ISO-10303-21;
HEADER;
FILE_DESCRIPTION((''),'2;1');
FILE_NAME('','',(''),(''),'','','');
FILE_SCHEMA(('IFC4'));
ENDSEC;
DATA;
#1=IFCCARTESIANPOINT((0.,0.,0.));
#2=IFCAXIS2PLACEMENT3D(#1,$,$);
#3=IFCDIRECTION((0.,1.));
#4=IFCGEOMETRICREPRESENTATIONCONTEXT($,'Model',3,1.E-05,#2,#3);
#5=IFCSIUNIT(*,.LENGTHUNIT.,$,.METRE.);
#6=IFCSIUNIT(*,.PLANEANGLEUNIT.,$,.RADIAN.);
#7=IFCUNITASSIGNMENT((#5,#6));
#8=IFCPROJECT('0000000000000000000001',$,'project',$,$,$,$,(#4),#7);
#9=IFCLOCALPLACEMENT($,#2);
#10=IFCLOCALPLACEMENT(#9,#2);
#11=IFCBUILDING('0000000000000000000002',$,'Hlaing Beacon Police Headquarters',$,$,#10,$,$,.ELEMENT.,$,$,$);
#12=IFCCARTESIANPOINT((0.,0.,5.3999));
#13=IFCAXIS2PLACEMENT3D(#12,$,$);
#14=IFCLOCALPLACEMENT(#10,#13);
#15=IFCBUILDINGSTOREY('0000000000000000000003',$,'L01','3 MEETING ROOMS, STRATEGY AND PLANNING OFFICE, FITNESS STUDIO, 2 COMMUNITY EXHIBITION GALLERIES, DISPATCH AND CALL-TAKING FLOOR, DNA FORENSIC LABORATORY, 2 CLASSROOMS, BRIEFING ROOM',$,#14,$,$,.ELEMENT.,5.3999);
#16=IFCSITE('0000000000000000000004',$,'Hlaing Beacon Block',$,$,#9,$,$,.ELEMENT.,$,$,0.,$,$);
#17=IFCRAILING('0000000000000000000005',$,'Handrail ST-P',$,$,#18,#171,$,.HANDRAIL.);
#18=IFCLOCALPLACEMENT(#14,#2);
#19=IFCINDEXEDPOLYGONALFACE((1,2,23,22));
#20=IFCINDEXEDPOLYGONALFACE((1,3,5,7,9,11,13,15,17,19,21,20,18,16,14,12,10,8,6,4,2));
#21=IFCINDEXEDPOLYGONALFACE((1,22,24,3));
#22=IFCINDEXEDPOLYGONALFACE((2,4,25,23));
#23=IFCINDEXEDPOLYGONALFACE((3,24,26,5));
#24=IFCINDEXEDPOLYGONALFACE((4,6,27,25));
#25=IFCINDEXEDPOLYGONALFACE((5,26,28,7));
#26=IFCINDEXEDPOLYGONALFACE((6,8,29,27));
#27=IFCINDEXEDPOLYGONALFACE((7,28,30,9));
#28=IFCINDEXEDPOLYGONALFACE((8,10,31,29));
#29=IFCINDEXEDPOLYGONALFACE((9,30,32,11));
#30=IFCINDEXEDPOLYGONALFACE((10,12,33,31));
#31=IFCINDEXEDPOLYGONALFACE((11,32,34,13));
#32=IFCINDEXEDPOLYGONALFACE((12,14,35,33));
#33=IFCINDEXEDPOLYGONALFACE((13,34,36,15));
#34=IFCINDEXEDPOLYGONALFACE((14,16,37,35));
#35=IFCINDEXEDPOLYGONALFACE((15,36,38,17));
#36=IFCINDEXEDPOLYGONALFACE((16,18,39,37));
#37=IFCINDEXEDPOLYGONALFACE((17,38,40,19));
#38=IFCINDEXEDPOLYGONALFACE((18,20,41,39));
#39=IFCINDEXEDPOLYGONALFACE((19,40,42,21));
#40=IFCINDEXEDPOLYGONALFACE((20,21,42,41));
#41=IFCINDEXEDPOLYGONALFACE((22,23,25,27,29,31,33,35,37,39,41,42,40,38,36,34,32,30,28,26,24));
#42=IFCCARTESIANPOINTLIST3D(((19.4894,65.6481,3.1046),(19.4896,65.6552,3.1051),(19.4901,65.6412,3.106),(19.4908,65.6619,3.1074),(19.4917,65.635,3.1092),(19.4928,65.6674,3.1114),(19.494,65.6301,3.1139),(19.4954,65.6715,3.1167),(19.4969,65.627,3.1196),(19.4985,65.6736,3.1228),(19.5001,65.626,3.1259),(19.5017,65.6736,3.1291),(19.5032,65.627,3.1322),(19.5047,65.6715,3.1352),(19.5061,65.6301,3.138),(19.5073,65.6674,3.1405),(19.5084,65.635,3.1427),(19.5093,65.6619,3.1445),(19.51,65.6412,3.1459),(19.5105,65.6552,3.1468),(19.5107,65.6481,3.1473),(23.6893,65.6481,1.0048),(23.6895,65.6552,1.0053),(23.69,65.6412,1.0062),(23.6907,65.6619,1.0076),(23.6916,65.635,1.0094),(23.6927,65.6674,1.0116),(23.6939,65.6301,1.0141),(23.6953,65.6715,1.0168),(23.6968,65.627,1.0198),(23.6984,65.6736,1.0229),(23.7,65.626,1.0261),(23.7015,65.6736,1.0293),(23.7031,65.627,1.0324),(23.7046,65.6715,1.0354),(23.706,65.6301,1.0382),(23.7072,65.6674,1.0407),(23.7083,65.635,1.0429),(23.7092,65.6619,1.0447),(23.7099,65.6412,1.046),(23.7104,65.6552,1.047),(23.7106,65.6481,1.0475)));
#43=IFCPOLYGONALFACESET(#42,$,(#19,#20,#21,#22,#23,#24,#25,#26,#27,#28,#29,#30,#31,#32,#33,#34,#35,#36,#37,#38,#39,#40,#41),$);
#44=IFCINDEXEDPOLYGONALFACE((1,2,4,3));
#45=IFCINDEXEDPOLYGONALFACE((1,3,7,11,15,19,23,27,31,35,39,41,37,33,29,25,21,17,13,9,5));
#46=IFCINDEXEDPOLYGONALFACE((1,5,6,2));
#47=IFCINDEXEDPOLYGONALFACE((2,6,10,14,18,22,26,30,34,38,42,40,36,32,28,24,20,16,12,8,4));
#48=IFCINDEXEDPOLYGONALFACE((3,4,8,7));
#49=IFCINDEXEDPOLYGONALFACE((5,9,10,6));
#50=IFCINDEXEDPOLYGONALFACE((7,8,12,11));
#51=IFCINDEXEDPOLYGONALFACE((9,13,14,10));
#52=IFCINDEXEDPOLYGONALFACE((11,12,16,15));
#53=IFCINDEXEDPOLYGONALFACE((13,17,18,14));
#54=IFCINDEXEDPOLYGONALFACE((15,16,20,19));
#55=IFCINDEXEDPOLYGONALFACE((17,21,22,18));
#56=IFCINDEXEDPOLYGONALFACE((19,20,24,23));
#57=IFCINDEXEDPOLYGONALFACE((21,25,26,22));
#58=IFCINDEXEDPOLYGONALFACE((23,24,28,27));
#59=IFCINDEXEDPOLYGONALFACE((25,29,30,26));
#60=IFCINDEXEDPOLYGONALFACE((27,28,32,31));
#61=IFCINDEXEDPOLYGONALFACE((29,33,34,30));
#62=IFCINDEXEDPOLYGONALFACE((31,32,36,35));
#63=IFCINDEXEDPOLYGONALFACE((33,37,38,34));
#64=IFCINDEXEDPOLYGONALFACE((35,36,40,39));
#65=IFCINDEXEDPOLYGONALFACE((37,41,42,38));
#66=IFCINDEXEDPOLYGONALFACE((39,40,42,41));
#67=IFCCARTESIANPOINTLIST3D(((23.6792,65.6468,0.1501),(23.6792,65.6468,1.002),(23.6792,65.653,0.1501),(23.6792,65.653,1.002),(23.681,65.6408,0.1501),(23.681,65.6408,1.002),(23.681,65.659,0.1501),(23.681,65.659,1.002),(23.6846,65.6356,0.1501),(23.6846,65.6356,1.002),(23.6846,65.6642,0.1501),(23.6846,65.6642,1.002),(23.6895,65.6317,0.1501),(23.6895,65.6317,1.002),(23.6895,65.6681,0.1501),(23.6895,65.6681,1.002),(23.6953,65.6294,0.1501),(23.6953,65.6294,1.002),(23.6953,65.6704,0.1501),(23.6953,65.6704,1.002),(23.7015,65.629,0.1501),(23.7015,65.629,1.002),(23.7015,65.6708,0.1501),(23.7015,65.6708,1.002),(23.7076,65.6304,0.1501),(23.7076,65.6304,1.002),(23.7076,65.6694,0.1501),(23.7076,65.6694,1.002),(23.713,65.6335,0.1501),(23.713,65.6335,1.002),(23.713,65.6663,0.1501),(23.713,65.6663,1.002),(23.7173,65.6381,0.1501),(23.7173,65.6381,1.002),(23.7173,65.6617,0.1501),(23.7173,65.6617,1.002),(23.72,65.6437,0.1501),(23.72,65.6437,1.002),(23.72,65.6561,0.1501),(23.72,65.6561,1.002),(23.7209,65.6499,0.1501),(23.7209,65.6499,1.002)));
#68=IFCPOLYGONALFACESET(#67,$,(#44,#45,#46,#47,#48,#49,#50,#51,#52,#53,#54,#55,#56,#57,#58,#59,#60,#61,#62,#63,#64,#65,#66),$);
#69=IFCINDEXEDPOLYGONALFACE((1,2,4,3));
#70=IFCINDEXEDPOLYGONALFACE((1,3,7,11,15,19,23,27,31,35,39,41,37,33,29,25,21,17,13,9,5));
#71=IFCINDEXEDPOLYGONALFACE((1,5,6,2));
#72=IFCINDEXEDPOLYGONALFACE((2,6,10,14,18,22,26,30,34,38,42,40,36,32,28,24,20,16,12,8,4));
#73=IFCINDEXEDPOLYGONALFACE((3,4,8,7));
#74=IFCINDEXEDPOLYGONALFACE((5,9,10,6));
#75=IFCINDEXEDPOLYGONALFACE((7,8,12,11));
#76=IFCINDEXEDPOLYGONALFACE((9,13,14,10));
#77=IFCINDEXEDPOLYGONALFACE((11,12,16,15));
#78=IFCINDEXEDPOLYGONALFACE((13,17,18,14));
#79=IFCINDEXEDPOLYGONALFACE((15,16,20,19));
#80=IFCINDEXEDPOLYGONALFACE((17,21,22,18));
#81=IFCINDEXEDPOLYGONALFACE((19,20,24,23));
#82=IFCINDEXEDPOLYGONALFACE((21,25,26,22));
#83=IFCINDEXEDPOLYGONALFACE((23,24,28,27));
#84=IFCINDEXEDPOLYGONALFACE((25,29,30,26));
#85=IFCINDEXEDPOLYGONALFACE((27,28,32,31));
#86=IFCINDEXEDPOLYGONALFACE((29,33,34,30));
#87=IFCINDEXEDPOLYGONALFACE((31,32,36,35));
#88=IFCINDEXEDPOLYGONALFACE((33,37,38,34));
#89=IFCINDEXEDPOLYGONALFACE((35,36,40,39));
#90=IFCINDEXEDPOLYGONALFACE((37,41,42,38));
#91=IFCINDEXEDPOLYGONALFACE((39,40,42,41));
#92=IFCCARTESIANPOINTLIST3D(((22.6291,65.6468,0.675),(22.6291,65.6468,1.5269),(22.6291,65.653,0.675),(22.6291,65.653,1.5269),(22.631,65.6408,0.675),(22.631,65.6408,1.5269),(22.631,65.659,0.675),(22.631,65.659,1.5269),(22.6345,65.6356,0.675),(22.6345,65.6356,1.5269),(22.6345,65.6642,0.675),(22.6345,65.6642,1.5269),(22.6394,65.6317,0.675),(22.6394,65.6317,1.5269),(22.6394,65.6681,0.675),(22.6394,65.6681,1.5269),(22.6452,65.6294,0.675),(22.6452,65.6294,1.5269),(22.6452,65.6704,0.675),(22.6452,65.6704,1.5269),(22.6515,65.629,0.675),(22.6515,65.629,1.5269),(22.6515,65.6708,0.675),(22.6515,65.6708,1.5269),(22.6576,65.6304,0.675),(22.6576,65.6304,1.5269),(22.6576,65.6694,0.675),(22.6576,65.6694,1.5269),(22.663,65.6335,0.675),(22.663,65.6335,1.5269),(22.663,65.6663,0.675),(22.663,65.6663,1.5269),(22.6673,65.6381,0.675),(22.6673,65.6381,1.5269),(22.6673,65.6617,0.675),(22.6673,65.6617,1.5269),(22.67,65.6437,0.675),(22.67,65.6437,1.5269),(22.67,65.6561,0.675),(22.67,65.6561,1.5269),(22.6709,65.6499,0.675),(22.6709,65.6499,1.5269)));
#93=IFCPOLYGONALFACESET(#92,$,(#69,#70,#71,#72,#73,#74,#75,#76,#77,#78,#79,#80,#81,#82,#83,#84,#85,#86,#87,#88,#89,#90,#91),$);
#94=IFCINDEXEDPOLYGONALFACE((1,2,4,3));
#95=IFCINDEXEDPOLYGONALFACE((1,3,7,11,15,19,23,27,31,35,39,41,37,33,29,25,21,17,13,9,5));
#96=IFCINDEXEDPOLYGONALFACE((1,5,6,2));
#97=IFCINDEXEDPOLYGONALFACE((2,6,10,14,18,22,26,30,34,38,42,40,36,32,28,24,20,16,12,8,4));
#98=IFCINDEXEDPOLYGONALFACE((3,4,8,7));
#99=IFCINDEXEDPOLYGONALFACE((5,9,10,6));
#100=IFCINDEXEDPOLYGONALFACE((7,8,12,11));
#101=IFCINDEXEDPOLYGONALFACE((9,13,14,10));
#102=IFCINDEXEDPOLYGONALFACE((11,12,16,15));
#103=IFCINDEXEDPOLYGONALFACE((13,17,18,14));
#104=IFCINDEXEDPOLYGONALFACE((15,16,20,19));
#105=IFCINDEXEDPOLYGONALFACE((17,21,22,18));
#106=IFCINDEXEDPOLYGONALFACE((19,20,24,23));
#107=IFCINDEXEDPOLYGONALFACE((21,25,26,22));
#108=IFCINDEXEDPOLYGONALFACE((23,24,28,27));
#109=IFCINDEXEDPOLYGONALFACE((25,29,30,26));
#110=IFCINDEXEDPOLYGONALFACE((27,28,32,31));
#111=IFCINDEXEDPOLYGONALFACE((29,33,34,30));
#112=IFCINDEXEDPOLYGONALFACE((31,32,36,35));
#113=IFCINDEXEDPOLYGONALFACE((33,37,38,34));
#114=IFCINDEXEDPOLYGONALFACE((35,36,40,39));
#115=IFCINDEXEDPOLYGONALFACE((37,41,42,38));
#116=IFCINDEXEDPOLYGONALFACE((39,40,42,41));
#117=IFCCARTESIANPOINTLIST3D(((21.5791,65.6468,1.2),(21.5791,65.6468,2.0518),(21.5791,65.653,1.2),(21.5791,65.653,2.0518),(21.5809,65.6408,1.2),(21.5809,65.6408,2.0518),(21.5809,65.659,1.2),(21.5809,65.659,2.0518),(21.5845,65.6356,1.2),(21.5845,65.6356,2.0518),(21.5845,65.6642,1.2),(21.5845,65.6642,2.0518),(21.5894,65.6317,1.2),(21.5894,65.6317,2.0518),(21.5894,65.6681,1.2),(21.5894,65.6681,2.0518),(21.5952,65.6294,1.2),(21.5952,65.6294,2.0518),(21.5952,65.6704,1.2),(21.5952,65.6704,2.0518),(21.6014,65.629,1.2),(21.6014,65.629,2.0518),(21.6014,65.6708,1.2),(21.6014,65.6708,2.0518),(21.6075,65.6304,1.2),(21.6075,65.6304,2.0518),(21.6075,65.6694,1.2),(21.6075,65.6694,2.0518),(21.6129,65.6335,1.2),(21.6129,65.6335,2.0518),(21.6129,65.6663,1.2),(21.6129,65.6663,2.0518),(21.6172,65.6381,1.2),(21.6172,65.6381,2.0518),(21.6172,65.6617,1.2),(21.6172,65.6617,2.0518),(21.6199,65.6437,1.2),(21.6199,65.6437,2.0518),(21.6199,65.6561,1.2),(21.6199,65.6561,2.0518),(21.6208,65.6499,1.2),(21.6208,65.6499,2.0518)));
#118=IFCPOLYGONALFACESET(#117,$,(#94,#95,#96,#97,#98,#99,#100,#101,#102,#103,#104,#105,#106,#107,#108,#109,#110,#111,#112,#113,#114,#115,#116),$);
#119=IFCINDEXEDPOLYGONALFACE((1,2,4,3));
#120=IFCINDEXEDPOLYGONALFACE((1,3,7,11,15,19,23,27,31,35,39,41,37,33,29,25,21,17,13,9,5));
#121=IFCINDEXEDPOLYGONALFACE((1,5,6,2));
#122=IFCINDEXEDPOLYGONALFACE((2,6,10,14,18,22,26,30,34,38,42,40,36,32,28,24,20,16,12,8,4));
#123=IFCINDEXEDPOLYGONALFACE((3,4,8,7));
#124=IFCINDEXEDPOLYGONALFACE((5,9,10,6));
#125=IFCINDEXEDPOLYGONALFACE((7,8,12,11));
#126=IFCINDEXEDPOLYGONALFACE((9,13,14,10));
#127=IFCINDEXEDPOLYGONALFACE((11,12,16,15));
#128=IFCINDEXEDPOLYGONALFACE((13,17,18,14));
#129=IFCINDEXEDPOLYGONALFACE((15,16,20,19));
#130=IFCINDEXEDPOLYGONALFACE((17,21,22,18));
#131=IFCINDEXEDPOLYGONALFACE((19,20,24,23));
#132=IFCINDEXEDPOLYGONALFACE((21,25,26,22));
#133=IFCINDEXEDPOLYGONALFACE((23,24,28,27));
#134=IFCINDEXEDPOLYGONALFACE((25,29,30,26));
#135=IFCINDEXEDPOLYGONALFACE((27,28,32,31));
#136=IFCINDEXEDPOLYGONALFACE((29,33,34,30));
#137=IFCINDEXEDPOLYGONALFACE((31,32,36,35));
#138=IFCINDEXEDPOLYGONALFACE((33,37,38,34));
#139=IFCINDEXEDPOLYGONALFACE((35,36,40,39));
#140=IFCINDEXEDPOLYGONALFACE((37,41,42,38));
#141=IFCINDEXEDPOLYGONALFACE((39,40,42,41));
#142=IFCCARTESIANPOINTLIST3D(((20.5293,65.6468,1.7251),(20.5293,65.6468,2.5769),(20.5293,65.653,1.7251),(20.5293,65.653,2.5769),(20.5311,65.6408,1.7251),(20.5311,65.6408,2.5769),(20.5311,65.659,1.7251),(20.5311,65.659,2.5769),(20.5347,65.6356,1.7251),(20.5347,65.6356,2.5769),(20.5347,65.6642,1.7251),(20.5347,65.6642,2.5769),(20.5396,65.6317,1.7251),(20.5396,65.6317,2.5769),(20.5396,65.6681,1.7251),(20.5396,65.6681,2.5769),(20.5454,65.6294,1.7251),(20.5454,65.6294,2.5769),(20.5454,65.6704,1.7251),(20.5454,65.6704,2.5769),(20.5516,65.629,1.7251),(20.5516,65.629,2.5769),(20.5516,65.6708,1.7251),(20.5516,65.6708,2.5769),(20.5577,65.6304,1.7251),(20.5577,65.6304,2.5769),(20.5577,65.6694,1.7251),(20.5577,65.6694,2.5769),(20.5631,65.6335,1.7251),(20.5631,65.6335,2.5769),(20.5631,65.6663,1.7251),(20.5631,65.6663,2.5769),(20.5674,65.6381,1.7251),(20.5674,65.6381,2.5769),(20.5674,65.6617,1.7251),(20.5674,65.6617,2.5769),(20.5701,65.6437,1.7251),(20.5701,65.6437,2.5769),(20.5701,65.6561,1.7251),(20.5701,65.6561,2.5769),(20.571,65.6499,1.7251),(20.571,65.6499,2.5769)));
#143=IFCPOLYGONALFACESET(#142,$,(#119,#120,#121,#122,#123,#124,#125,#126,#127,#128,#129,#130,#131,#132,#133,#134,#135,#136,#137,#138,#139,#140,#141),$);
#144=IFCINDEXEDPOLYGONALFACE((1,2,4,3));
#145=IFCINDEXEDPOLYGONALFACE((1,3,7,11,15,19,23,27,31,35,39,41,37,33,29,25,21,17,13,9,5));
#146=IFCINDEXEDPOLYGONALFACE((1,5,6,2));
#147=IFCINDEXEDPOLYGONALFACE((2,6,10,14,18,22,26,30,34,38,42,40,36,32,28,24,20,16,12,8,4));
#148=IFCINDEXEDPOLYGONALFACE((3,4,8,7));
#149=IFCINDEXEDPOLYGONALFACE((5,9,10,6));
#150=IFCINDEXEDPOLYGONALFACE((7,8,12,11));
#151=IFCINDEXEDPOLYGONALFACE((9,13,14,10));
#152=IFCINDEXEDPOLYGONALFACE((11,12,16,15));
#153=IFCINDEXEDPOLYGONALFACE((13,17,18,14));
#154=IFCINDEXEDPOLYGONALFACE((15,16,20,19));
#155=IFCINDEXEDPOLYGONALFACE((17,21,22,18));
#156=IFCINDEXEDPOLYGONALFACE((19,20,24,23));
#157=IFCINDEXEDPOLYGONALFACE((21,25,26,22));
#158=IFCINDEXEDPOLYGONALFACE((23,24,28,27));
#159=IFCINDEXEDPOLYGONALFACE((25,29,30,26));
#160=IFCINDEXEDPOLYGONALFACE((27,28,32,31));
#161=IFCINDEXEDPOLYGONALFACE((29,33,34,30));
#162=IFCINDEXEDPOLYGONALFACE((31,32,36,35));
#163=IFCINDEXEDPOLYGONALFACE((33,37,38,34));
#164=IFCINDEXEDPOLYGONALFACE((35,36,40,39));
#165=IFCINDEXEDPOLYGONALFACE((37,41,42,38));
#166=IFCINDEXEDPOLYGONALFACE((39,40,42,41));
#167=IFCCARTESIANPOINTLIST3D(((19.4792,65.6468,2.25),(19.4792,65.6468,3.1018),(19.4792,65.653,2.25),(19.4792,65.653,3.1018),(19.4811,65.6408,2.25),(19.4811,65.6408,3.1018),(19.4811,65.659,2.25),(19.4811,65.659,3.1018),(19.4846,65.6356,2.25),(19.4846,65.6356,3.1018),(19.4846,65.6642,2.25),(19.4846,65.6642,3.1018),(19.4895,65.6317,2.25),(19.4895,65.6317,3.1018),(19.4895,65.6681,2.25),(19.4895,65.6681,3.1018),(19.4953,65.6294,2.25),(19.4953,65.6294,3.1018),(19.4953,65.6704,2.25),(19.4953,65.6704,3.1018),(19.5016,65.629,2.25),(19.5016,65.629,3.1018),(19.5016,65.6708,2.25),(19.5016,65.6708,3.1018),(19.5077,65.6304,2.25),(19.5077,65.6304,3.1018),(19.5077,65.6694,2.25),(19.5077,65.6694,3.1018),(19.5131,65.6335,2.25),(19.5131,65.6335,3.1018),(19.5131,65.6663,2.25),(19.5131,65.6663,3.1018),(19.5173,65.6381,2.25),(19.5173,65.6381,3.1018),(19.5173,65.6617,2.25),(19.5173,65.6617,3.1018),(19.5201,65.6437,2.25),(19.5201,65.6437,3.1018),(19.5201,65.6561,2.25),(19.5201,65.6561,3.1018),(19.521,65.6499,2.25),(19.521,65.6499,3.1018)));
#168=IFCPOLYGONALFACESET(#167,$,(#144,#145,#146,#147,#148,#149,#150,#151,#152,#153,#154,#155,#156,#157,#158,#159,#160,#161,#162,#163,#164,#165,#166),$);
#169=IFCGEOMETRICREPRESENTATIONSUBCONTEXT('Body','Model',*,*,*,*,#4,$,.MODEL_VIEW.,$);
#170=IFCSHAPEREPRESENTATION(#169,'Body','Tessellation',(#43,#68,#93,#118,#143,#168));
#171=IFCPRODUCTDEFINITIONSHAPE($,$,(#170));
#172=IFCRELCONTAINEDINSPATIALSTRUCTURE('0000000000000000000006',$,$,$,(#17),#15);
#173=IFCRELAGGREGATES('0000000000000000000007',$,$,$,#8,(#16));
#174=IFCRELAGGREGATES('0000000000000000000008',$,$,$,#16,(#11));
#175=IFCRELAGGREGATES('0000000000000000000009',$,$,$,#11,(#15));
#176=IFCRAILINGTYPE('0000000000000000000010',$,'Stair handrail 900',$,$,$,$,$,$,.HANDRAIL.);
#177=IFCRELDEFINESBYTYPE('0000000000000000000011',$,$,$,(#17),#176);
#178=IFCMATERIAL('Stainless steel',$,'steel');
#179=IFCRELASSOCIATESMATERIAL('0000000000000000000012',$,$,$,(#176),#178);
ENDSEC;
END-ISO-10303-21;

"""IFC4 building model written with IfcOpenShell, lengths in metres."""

from ifc_helpers import new_model, si_unit, direction, frame, origin, origin_2d, place, context, subcontext, project, spatial, circle, extrude, material, type_object, element, save


model = new_model("IFC4")

# Units and contexts
model_context = context("Model", 3, precision=1e-05, world=origin(), true_north=direction((0.0, 1.0)))
body_context = subcontext(model_context, "Body", "Model", "MODEL_VIEW")
ifc_project = project(units=[si_unit("LENGTHUNIT", "METRE"), si_unit("PLANEANGLEUNIT", "RADIAN")], contexts=[model_context])

# Site, building, storey
site_placement = place(None, origin())
site = spatial("IfcSite", under=ifc_project, at=site_placement, Name="Hlaing Beacon Block", CompositionType="ELEMENT", RefElevation=0.0)
building_placement = place(site_placement, origin())
building = spatial("IfcBuilding", under=site, at=building_placement, Name="Hlaing Beacon Police Headquarters", CompositionType="ELEMENT")
storey_placement = place(building_placement, frame((0.0, 0.0, 5.3999)))
storey = spatial("IfcBuildingStorey", under=building, at=storey_placement, Name="L01", Description="3 MEETING ROOMS, STRATEGY AND PLANNING OFFICE, FITNESS STUDIO, 2 COMMUNITY EXHIBITION GALLERIES, DISPATCH AND CALL-TAKING FLOOR, DNA FORENSIC LABORATORY, 2 CLASSROOMS, BRIEFING ROOM", CompositionType="ELEMENT", Elevation=5.3999)

# Railing
ifc_material_1 = material(Name="Stainless steel", Category="steel")
railing_type_1 = type_object("IfcRailingType", Name="Stair handrail 900", PredefinedType="HANDRAIL", material=ifc_material_1)
for number, where, name in (
    (1, (23.7, 65.6499, 0.1501), "Handrail ST-P"),
):
    element("IfcRailing", number, at=place(storey_placement, frame(where)), inside=storey, type_object=railing_type_1, Name=name, PredefinedType="HANDRAIL", context=body_context, shape_type="SweptSolid", body=[
        extrude(circle(Radius=0.0239, at=origin_2d()), frame((0.0, 0.0, 0.876), z_axis=(-0.894438, 0.0, 0.447193), x_axis=(0.0, -1.0, 0.0)), (0.0, 0.0, 1.0), 4.6956),
        extrude(circle(Radius=0.021, at=origin_2d()), origin(), (0.0, 0.0, 1.0), 0.8518),
        extrude(circle(Radius=0.021, at=origin_2d()), frame((-1.05, 0.0, 0.5249)), (0.0, 0.0, 1.0), 0.8518),
        extrude(circle(Radius=0.021, at=origin_2d()), frame((-2.1001, 0.0, 1.0498)), (0.0, 0.0, 1.0), 0.8518),
        extrude(circle(Radius=0.021, at=origin_2d()), frame((-3.1499, 0.0, 1.575)), (0.0, 0.0, 1.0), 0.8518),
        extrude(circle(Radius=0.021, at=origin_2d()), frame((-4.2, 0.0, 2.0999)), (0.0, 0.0, 1.0), 0.8518),
    ])

save(model, "model.ifc")
